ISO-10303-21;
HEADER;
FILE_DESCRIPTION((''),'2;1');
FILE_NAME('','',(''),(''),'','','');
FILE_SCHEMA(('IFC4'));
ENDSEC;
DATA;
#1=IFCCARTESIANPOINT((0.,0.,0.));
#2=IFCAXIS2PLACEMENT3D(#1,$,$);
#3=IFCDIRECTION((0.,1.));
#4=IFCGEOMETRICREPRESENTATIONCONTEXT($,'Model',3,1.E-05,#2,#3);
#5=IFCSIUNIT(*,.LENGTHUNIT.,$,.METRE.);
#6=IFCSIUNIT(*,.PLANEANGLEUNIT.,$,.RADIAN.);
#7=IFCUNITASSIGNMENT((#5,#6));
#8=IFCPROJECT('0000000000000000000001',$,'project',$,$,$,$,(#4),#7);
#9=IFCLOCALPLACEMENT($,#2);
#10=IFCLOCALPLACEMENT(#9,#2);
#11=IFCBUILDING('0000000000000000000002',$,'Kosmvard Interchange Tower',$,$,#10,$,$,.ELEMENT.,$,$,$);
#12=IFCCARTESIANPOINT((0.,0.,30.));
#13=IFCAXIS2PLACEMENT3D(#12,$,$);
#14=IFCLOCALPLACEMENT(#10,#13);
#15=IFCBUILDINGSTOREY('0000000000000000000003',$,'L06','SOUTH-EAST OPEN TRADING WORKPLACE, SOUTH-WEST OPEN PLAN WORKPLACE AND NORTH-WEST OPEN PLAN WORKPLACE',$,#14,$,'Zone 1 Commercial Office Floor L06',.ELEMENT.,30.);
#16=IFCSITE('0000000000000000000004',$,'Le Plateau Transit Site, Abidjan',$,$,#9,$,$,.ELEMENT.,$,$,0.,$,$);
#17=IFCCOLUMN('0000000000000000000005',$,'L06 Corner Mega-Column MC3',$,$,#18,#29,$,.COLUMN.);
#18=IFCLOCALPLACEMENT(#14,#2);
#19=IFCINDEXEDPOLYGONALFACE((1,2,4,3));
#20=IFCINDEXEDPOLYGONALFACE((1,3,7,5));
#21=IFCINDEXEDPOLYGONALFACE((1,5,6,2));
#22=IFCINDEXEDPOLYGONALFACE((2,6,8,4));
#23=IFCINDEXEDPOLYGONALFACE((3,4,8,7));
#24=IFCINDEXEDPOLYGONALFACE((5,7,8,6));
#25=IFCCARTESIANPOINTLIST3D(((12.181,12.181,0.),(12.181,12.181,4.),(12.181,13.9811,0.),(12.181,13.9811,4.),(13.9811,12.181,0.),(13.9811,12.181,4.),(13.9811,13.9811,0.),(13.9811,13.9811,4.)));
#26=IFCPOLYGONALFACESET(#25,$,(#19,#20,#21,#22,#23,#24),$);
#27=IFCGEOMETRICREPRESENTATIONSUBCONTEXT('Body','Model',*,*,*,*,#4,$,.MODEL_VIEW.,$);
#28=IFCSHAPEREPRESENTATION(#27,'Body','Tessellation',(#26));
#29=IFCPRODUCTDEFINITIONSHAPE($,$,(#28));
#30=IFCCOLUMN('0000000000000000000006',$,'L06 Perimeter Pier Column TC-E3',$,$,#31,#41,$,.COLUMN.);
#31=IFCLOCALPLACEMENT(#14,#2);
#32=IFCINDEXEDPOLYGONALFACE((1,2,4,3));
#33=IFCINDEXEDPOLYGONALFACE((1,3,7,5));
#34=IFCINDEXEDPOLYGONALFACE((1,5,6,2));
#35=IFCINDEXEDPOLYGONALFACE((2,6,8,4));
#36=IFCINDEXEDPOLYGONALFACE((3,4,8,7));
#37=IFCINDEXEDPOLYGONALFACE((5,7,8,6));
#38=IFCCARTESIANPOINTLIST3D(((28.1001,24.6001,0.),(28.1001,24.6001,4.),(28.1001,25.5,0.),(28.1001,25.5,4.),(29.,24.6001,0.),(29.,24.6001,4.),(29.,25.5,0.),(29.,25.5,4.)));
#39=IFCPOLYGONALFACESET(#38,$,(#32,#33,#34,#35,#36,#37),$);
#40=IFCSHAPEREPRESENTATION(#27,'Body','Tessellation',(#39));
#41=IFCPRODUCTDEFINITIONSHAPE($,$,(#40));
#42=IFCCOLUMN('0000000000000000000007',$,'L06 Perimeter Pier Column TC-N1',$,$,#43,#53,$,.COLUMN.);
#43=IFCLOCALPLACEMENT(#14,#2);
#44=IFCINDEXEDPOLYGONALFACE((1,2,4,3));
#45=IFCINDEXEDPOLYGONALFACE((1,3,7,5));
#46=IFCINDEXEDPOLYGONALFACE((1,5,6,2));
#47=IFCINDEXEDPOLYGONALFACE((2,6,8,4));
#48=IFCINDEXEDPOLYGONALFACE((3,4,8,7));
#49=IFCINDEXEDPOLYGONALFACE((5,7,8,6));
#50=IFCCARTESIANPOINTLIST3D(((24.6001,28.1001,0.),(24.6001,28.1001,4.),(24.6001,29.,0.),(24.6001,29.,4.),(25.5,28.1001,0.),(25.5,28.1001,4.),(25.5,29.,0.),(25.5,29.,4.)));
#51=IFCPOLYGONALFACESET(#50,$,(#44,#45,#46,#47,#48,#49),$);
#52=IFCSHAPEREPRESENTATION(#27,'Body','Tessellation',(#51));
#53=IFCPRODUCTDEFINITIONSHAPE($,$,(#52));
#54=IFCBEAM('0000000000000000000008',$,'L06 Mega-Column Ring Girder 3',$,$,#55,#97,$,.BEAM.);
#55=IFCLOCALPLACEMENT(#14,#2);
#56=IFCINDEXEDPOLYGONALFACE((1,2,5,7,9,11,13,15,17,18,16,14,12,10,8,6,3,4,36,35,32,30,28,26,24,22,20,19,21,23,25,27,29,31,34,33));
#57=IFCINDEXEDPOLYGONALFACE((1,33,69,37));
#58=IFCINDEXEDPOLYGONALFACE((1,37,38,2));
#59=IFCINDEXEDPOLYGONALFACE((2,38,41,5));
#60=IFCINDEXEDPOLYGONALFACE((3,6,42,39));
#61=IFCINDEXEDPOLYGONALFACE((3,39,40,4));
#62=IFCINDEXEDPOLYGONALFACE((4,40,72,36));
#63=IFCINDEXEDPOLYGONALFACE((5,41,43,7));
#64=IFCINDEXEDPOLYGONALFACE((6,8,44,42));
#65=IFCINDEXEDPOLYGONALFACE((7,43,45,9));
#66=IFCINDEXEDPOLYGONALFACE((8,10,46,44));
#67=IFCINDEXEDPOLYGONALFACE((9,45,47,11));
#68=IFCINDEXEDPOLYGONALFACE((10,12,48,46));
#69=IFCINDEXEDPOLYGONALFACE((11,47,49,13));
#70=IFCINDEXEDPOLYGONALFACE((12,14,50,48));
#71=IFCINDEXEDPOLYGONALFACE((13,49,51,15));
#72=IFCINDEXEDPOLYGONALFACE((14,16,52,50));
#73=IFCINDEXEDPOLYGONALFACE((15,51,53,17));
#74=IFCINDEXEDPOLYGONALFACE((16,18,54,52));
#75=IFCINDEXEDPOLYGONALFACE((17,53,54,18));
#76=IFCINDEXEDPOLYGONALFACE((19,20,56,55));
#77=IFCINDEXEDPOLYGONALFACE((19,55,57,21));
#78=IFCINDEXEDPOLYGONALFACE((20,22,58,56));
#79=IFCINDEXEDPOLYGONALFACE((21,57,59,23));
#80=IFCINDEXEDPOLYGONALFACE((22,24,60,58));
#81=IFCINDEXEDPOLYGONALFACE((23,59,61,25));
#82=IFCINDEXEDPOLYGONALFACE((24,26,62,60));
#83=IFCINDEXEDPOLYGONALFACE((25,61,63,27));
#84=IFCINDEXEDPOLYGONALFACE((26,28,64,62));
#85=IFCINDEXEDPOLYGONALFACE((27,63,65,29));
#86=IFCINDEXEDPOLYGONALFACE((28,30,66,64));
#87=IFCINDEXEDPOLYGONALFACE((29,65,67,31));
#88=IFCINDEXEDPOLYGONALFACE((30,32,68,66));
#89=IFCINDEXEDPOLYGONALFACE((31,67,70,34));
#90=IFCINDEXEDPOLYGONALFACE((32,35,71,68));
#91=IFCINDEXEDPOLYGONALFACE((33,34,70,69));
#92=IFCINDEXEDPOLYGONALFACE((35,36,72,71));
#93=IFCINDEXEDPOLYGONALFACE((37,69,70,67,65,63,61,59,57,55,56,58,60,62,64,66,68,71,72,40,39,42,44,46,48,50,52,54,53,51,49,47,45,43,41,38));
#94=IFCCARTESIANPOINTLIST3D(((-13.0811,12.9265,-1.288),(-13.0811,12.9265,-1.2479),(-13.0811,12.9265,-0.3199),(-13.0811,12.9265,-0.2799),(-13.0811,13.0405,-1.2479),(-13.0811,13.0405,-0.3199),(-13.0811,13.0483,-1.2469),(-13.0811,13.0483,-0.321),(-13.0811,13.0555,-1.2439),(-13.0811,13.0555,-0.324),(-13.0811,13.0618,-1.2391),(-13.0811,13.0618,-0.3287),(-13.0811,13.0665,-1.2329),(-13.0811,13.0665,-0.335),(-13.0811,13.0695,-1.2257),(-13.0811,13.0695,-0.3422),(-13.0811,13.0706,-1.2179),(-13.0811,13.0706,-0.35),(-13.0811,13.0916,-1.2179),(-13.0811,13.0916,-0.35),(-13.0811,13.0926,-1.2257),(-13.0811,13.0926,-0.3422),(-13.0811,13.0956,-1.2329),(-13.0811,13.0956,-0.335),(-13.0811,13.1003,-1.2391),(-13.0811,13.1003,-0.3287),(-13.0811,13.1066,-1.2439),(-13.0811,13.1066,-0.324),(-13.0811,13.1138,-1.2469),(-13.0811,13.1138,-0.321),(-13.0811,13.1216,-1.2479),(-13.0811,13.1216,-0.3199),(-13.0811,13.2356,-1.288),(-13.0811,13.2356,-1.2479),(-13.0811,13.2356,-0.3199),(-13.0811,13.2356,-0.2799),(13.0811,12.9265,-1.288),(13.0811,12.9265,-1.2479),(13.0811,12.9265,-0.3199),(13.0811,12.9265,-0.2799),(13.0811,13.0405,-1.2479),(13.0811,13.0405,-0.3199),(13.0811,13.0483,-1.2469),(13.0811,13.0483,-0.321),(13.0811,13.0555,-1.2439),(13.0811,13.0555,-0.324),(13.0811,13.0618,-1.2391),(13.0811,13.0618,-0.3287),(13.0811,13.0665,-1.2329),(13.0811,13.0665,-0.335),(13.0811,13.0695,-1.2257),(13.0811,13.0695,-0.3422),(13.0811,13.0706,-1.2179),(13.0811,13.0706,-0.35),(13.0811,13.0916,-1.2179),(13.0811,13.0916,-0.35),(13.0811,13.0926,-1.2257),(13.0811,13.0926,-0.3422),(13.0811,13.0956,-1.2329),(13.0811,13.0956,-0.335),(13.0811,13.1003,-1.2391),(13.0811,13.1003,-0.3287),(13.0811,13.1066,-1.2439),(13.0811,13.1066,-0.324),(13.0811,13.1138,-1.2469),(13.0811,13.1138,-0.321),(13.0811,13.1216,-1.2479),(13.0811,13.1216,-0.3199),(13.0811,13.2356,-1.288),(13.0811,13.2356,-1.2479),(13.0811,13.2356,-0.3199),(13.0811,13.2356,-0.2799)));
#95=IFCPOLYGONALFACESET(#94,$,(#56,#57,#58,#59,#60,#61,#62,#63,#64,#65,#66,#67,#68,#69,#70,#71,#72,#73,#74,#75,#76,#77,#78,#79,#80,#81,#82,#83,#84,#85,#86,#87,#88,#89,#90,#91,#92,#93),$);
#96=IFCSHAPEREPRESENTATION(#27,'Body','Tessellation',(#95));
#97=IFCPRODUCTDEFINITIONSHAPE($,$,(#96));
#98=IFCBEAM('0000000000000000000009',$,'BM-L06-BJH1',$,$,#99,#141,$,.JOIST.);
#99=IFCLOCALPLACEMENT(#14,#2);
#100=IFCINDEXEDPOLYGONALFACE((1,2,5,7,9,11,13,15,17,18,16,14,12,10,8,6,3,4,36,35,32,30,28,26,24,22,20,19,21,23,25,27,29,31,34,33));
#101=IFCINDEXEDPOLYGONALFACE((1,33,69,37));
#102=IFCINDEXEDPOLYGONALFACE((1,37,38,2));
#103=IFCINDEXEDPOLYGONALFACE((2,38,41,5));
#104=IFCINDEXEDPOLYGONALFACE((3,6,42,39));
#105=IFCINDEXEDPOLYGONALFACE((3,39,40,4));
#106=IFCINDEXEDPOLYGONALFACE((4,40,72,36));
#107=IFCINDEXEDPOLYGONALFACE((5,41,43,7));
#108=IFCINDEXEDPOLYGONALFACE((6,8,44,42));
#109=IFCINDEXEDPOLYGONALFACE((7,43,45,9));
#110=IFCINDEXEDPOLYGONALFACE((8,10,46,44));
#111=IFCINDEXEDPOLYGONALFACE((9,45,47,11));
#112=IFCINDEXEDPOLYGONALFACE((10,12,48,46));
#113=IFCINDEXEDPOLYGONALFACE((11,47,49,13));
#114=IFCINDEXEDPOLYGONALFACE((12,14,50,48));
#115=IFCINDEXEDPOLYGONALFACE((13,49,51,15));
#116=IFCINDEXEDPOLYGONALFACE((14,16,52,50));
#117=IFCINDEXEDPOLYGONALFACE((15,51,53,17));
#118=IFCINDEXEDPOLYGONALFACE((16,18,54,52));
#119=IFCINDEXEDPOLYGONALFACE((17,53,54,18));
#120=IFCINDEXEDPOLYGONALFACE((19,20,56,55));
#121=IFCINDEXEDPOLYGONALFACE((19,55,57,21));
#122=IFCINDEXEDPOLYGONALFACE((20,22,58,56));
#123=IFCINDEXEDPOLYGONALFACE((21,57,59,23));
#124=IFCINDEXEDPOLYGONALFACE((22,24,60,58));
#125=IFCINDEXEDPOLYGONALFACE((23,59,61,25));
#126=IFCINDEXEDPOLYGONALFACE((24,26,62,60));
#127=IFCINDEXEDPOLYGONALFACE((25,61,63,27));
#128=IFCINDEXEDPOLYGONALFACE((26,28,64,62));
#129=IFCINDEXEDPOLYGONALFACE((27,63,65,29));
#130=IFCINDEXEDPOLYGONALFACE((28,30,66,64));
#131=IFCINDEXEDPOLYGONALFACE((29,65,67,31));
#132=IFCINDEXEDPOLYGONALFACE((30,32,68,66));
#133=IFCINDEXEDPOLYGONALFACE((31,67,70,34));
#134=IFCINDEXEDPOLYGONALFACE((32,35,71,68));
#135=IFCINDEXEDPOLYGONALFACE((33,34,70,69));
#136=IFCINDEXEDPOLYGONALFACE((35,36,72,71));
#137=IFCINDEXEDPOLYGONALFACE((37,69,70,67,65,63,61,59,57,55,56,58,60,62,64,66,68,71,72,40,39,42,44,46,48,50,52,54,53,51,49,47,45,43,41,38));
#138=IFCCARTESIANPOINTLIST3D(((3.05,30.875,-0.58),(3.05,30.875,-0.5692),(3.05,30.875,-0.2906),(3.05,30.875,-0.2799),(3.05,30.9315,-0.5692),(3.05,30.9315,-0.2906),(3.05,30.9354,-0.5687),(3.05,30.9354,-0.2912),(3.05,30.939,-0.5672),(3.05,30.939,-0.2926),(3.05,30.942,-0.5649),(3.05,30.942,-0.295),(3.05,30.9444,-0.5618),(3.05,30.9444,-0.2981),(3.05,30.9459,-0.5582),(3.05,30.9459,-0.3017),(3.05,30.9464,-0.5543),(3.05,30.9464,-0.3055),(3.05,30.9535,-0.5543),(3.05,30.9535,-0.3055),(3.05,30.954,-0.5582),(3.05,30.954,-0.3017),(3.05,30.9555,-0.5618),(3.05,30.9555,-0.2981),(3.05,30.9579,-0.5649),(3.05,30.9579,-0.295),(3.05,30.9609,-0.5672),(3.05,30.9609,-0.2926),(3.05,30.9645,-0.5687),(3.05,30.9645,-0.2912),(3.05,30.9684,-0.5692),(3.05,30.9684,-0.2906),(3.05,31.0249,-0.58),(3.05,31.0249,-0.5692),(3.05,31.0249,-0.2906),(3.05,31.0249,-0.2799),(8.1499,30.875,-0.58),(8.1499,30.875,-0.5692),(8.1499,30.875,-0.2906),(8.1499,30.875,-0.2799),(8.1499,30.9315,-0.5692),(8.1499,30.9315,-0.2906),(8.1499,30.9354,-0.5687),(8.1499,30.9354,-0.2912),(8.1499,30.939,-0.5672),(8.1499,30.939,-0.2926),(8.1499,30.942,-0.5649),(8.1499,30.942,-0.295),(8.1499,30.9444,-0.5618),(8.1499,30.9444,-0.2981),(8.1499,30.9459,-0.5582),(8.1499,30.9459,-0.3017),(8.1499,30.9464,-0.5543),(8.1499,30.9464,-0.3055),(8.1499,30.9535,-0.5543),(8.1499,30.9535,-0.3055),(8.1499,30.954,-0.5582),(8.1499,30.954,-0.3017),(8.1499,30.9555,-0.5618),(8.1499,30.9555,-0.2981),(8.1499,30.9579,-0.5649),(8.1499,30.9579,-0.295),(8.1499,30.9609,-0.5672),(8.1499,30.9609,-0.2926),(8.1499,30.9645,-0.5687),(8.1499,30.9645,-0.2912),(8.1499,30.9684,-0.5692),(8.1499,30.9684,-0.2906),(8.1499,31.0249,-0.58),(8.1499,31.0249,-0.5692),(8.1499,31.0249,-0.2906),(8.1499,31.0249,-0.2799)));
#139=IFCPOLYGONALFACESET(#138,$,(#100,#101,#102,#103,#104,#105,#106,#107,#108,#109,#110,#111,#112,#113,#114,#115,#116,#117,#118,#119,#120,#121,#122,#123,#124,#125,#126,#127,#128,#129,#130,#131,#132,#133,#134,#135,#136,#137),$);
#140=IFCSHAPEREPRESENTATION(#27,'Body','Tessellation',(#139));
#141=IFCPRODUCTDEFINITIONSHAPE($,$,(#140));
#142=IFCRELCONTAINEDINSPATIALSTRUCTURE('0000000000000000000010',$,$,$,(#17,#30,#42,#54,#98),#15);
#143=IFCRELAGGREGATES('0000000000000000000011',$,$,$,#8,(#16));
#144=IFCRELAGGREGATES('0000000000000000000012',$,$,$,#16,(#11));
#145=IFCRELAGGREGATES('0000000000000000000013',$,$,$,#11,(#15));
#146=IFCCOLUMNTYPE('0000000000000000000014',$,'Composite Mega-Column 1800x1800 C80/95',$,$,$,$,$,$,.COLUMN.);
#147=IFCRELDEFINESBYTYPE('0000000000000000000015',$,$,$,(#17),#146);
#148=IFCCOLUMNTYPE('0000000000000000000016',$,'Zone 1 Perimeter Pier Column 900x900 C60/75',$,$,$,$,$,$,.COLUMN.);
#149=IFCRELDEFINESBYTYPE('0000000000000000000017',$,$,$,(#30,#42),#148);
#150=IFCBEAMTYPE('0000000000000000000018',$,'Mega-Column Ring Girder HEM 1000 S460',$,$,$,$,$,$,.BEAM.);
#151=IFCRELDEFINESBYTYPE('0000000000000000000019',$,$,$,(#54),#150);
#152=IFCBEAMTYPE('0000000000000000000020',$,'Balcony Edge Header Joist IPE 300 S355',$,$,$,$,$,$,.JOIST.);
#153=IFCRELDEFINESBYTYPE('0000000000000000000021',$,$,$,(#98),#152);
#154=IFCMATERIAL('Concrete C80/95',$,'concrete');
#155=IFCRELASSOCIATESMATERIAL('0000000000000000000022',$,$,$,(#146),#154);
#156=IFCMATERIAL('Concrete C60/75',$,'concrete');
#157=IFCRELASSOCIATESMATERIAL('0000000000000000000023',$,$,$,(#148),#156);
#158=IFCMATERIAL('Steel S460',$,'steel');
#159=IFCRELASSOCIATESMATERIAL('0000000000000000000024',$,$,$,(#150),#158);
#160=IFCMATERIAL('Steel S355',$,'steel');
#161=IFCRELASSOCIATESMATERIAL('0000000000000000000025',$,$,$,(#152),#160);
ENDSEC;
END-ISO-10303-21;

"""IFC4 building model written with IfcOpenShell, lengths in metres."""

from ifc_helpers import new_model, si_unit, direction, frame, origin, origin_2d, place, context, subcontext, project, spatial, rectangle, i_section, extrude, source, transform, mapped, material, material_profile, profile_set, type_object, element, save


model = new_model("IFC4")

# Units and contexts
model_context = context("Model", 3, precision=1e-05, world=origin(), true_north=direction((0.0, 1.0)))
body_context = subcontext(model_context, "Body", "Model", "MODEL_VIEW")
ifc_project = project(units=[si_unit("LENGTHUNIT", "METRE"), si_unit("PLANEANGLEUNIT", "RADIAN")], contexts=[model_context])

# Site, building, storey
site_placement = place(None, origin())
site = spatial("IfcSite", under=ifc_project, at=site_placement, Name="Le Plateau Transit Site, Abidjan", CompositionType="ELEMENT", RefElevation=0.0)
building_placement = place(site_placement, origin())
building = spatial("IfcBuilding", under=site, at=building_placement, Name="Kosmvard Interchange Tower", CompositionType="ELEMENT")
storey_placement = place(building_placement, frame((0.0, 0.0, 30.0)))
storey = spatial("IfcBuildingStorey", under=building, at=storey_placement, Name="L06", Description="SOUTH-EAST OPEN TRADING WORKPLACE, SOUTH-WEST OPEN PLAN WORKPLACE AND NORTH-WEST OPEN PLAN WORKPLACE", LongName="Zone 1 Commercial Office Floor L06", CompositionType="ELEMENT", Elevation=30.0)

# Columns
ifc_material_1 = material(Name="Concrete C80/95", Category="concrete")
ifc_material_profile_1 = material_profile(ifc_material_1, rectangle(XDim=1.8, YDim=1.8, at=origin_2d()), Name="MC 1800x1800")
ifc_profile_set_1 = profile_set([ifc_material_profile_1], Name="Concrete C80/95")
column_type_1 = type_object("IfcColumnType", Name="Composite Mega-Column 1800x1800 C80/95", PredefinedType="COLUMN", material=ifc_profile_set_1)
shared_shape_1 = source(origin(), body_context, "Body", "SweptSolid", [
    extrude(rectangle(XDim=1.8, YDim=1.8, at=origin_2d()), origin(), (0.0, 0.0, 1.0), 4.0),
])
column_placement = place(storey_placement, frame((13.0811, 13.0811, 0.0), z_axis=(0.0, 0.0, 1.0), x_axis=(1.0, 0.0, 0.0)))
element("IfcColumn", 1, at=column_placement, inside=storey, type_object=column_type_1, Name="L06 Corner Mega-Column MC3", PredefinedType="COLUMN", context=body_context, shape_type="MappedRepresentation", body=[
    mapped(shared_shape_1, transform((0.0, 0.0, 0.0), scale=1.0)),
])
ifc_material_2 = material(Name="Concrete C60/75", Category="concrete")
ifc_material_profile_2 = material_profile(ifc_material_2, rectangle(XDim=0.8999, YDim=0.8999, at=origin_2d()), Name="TC 900x900")
ifc_profile_set_2 = profile_set([ifc_material_profile_2], Name="Concrete C60/75")
column_type_2 = type_object("IfcColumnType", Name="Zone 1 Perimeter Pier Column 900x900 C60/75", PredefinedType="COLUMN", material=ifc_profile_set_2)
shared_shape_2 = source(origin(), body_context, "Body", "SweptSolid", [
    extrude(rectangle(XDim=0.8999, YDim=0.8999, at=origin_2d()), origin(), (0.0, 0.0, 1.0), 4.0),
])
for number, where, z_axis, x_axis, name in (
    (2, (28.55, 25.05, 0.0), (0.0, 0.0, 1.0), (1.0, 0.0, 0.0), "L06 Perimeter Pier Column TC-E3"),
    (3, (25.05, 28.55, 0.0), (0.0, 0.0, 1.0), (1.0, 0.0, 0.0), "L06 Perimeter Pier Column TC-N1"),
):
    element("IfcColumn", number, at=place(storey_placement, frame(where, z_axis=z_axis, x_axis=x_axis)), inside=storey, type_object=column_type_2, Name=name, PredefinedType="COLUMN", context=body_context, shape_type="MappedRepresentation", body=[
        mapped(shared_shape_2, transform((0.0, 0.0, 0.0), scale=1.0)),
    ])

# Beams
ifc_material_3 = material(Name="Steel S460", Category="steel")
ifc_material_profile_3 = material_profile(ifc_material_3, i_section(OverallWidth=0.3091, OverallDepth=1.0081, WebThickness=0.021, FlangeThickness=0.04, FilletRadius=0.03, at=origin_2d()), Name="HEM 1000")
ifc_profile_set_3 = profile_set([ifc_material_profile_3], Name="Steel S460")
beam_type_1 = type_object("IfcBeamType", Name="Mega-Column Ring Girder HEM 1000 S460", PredefinedType="BEAM", material=ifc_profile_set_3)
shared_shape_3 = source(origin(), body_context, "Body", "SweptSolid", [
    extrude(i_section(OverallWidth=0.3091, OverallDepth=1.0081, WebThickness=0.021, FlangeThickness=0.04, FilletRadius=0.03, at=origin_2d()), origin(), (0.0, 0.0, 1.0), 26.1621),
])
beam_1_placement = place(storey_placement, frame((13.0811, 13.0811, -0.7839), z_axis=(-1.0, 0.0, 0.0), x_axis=(0.0, -1.0, 0.0)))
element("IfcBeam", 4, at=beam_1_placement, inside=storey, type_object=beam_type_1, Name="L06 Mega-Column Ring Girder 3", PredefinedType="BEAM", context=body_context, shape_type="MappedRepresentation", body=[
    mapped(shared_shape_3, transform((0.0, 0.0, 0.0), scale=1.0)),
])
ifc_material_4 = material(Name="Steel S355", Category="steel")
ifc_material_profile_4 = material_profile(ifc_material_4, i_section(OverallWidth=0.1499, OverallDepth=0.3, WebThickness=0.0071, FlangeThickness=0.0107, FilletRadius=0.0149, at=origin_2d()), Name="IPE 300")
ifc_profile_set_4 = profile_set([ifc_material_profile_4], Name="Steel S355")
beam_type_2 = type_object("IfcBeamType", Name="Balcony Edge Header Joist IPE 300 S355", PredefinedType="JOIST", material=ifc_profile_set_4)
shared_shape_4 = source(origin(), body_context, "Body", "SweptSolid", [
    extrude(i_section(OverallWidth=0.1499, OverallDepth=0.3, WebThickness=0.0071, FlangeThickness=0.0107, FilletRadius=0.0149, at=origin_2d()), origin(), (0.0, 0.0, 1.0), 5.0999),
])
beam_2_placement = place(storey_placement, frame((8.1499, 30.95, -0.4299), z_axis=(-1.0, 0.0, 0.0), x_axis=(0.0, -1.0, 0.0)))
element("IfcBeam", 5, at=beam_2_placement, inside=storey, type_object=beam_type_2, Name="BM-L06-BJH1", PredefinedType="JOIST", context=body_context, shape_type="MappedRepresentation", body=[
    mapped(shared_shape_4, transform((0.0, 0.0, 0.0), scale=1.0)),
])

save(model, "model.ifc")
